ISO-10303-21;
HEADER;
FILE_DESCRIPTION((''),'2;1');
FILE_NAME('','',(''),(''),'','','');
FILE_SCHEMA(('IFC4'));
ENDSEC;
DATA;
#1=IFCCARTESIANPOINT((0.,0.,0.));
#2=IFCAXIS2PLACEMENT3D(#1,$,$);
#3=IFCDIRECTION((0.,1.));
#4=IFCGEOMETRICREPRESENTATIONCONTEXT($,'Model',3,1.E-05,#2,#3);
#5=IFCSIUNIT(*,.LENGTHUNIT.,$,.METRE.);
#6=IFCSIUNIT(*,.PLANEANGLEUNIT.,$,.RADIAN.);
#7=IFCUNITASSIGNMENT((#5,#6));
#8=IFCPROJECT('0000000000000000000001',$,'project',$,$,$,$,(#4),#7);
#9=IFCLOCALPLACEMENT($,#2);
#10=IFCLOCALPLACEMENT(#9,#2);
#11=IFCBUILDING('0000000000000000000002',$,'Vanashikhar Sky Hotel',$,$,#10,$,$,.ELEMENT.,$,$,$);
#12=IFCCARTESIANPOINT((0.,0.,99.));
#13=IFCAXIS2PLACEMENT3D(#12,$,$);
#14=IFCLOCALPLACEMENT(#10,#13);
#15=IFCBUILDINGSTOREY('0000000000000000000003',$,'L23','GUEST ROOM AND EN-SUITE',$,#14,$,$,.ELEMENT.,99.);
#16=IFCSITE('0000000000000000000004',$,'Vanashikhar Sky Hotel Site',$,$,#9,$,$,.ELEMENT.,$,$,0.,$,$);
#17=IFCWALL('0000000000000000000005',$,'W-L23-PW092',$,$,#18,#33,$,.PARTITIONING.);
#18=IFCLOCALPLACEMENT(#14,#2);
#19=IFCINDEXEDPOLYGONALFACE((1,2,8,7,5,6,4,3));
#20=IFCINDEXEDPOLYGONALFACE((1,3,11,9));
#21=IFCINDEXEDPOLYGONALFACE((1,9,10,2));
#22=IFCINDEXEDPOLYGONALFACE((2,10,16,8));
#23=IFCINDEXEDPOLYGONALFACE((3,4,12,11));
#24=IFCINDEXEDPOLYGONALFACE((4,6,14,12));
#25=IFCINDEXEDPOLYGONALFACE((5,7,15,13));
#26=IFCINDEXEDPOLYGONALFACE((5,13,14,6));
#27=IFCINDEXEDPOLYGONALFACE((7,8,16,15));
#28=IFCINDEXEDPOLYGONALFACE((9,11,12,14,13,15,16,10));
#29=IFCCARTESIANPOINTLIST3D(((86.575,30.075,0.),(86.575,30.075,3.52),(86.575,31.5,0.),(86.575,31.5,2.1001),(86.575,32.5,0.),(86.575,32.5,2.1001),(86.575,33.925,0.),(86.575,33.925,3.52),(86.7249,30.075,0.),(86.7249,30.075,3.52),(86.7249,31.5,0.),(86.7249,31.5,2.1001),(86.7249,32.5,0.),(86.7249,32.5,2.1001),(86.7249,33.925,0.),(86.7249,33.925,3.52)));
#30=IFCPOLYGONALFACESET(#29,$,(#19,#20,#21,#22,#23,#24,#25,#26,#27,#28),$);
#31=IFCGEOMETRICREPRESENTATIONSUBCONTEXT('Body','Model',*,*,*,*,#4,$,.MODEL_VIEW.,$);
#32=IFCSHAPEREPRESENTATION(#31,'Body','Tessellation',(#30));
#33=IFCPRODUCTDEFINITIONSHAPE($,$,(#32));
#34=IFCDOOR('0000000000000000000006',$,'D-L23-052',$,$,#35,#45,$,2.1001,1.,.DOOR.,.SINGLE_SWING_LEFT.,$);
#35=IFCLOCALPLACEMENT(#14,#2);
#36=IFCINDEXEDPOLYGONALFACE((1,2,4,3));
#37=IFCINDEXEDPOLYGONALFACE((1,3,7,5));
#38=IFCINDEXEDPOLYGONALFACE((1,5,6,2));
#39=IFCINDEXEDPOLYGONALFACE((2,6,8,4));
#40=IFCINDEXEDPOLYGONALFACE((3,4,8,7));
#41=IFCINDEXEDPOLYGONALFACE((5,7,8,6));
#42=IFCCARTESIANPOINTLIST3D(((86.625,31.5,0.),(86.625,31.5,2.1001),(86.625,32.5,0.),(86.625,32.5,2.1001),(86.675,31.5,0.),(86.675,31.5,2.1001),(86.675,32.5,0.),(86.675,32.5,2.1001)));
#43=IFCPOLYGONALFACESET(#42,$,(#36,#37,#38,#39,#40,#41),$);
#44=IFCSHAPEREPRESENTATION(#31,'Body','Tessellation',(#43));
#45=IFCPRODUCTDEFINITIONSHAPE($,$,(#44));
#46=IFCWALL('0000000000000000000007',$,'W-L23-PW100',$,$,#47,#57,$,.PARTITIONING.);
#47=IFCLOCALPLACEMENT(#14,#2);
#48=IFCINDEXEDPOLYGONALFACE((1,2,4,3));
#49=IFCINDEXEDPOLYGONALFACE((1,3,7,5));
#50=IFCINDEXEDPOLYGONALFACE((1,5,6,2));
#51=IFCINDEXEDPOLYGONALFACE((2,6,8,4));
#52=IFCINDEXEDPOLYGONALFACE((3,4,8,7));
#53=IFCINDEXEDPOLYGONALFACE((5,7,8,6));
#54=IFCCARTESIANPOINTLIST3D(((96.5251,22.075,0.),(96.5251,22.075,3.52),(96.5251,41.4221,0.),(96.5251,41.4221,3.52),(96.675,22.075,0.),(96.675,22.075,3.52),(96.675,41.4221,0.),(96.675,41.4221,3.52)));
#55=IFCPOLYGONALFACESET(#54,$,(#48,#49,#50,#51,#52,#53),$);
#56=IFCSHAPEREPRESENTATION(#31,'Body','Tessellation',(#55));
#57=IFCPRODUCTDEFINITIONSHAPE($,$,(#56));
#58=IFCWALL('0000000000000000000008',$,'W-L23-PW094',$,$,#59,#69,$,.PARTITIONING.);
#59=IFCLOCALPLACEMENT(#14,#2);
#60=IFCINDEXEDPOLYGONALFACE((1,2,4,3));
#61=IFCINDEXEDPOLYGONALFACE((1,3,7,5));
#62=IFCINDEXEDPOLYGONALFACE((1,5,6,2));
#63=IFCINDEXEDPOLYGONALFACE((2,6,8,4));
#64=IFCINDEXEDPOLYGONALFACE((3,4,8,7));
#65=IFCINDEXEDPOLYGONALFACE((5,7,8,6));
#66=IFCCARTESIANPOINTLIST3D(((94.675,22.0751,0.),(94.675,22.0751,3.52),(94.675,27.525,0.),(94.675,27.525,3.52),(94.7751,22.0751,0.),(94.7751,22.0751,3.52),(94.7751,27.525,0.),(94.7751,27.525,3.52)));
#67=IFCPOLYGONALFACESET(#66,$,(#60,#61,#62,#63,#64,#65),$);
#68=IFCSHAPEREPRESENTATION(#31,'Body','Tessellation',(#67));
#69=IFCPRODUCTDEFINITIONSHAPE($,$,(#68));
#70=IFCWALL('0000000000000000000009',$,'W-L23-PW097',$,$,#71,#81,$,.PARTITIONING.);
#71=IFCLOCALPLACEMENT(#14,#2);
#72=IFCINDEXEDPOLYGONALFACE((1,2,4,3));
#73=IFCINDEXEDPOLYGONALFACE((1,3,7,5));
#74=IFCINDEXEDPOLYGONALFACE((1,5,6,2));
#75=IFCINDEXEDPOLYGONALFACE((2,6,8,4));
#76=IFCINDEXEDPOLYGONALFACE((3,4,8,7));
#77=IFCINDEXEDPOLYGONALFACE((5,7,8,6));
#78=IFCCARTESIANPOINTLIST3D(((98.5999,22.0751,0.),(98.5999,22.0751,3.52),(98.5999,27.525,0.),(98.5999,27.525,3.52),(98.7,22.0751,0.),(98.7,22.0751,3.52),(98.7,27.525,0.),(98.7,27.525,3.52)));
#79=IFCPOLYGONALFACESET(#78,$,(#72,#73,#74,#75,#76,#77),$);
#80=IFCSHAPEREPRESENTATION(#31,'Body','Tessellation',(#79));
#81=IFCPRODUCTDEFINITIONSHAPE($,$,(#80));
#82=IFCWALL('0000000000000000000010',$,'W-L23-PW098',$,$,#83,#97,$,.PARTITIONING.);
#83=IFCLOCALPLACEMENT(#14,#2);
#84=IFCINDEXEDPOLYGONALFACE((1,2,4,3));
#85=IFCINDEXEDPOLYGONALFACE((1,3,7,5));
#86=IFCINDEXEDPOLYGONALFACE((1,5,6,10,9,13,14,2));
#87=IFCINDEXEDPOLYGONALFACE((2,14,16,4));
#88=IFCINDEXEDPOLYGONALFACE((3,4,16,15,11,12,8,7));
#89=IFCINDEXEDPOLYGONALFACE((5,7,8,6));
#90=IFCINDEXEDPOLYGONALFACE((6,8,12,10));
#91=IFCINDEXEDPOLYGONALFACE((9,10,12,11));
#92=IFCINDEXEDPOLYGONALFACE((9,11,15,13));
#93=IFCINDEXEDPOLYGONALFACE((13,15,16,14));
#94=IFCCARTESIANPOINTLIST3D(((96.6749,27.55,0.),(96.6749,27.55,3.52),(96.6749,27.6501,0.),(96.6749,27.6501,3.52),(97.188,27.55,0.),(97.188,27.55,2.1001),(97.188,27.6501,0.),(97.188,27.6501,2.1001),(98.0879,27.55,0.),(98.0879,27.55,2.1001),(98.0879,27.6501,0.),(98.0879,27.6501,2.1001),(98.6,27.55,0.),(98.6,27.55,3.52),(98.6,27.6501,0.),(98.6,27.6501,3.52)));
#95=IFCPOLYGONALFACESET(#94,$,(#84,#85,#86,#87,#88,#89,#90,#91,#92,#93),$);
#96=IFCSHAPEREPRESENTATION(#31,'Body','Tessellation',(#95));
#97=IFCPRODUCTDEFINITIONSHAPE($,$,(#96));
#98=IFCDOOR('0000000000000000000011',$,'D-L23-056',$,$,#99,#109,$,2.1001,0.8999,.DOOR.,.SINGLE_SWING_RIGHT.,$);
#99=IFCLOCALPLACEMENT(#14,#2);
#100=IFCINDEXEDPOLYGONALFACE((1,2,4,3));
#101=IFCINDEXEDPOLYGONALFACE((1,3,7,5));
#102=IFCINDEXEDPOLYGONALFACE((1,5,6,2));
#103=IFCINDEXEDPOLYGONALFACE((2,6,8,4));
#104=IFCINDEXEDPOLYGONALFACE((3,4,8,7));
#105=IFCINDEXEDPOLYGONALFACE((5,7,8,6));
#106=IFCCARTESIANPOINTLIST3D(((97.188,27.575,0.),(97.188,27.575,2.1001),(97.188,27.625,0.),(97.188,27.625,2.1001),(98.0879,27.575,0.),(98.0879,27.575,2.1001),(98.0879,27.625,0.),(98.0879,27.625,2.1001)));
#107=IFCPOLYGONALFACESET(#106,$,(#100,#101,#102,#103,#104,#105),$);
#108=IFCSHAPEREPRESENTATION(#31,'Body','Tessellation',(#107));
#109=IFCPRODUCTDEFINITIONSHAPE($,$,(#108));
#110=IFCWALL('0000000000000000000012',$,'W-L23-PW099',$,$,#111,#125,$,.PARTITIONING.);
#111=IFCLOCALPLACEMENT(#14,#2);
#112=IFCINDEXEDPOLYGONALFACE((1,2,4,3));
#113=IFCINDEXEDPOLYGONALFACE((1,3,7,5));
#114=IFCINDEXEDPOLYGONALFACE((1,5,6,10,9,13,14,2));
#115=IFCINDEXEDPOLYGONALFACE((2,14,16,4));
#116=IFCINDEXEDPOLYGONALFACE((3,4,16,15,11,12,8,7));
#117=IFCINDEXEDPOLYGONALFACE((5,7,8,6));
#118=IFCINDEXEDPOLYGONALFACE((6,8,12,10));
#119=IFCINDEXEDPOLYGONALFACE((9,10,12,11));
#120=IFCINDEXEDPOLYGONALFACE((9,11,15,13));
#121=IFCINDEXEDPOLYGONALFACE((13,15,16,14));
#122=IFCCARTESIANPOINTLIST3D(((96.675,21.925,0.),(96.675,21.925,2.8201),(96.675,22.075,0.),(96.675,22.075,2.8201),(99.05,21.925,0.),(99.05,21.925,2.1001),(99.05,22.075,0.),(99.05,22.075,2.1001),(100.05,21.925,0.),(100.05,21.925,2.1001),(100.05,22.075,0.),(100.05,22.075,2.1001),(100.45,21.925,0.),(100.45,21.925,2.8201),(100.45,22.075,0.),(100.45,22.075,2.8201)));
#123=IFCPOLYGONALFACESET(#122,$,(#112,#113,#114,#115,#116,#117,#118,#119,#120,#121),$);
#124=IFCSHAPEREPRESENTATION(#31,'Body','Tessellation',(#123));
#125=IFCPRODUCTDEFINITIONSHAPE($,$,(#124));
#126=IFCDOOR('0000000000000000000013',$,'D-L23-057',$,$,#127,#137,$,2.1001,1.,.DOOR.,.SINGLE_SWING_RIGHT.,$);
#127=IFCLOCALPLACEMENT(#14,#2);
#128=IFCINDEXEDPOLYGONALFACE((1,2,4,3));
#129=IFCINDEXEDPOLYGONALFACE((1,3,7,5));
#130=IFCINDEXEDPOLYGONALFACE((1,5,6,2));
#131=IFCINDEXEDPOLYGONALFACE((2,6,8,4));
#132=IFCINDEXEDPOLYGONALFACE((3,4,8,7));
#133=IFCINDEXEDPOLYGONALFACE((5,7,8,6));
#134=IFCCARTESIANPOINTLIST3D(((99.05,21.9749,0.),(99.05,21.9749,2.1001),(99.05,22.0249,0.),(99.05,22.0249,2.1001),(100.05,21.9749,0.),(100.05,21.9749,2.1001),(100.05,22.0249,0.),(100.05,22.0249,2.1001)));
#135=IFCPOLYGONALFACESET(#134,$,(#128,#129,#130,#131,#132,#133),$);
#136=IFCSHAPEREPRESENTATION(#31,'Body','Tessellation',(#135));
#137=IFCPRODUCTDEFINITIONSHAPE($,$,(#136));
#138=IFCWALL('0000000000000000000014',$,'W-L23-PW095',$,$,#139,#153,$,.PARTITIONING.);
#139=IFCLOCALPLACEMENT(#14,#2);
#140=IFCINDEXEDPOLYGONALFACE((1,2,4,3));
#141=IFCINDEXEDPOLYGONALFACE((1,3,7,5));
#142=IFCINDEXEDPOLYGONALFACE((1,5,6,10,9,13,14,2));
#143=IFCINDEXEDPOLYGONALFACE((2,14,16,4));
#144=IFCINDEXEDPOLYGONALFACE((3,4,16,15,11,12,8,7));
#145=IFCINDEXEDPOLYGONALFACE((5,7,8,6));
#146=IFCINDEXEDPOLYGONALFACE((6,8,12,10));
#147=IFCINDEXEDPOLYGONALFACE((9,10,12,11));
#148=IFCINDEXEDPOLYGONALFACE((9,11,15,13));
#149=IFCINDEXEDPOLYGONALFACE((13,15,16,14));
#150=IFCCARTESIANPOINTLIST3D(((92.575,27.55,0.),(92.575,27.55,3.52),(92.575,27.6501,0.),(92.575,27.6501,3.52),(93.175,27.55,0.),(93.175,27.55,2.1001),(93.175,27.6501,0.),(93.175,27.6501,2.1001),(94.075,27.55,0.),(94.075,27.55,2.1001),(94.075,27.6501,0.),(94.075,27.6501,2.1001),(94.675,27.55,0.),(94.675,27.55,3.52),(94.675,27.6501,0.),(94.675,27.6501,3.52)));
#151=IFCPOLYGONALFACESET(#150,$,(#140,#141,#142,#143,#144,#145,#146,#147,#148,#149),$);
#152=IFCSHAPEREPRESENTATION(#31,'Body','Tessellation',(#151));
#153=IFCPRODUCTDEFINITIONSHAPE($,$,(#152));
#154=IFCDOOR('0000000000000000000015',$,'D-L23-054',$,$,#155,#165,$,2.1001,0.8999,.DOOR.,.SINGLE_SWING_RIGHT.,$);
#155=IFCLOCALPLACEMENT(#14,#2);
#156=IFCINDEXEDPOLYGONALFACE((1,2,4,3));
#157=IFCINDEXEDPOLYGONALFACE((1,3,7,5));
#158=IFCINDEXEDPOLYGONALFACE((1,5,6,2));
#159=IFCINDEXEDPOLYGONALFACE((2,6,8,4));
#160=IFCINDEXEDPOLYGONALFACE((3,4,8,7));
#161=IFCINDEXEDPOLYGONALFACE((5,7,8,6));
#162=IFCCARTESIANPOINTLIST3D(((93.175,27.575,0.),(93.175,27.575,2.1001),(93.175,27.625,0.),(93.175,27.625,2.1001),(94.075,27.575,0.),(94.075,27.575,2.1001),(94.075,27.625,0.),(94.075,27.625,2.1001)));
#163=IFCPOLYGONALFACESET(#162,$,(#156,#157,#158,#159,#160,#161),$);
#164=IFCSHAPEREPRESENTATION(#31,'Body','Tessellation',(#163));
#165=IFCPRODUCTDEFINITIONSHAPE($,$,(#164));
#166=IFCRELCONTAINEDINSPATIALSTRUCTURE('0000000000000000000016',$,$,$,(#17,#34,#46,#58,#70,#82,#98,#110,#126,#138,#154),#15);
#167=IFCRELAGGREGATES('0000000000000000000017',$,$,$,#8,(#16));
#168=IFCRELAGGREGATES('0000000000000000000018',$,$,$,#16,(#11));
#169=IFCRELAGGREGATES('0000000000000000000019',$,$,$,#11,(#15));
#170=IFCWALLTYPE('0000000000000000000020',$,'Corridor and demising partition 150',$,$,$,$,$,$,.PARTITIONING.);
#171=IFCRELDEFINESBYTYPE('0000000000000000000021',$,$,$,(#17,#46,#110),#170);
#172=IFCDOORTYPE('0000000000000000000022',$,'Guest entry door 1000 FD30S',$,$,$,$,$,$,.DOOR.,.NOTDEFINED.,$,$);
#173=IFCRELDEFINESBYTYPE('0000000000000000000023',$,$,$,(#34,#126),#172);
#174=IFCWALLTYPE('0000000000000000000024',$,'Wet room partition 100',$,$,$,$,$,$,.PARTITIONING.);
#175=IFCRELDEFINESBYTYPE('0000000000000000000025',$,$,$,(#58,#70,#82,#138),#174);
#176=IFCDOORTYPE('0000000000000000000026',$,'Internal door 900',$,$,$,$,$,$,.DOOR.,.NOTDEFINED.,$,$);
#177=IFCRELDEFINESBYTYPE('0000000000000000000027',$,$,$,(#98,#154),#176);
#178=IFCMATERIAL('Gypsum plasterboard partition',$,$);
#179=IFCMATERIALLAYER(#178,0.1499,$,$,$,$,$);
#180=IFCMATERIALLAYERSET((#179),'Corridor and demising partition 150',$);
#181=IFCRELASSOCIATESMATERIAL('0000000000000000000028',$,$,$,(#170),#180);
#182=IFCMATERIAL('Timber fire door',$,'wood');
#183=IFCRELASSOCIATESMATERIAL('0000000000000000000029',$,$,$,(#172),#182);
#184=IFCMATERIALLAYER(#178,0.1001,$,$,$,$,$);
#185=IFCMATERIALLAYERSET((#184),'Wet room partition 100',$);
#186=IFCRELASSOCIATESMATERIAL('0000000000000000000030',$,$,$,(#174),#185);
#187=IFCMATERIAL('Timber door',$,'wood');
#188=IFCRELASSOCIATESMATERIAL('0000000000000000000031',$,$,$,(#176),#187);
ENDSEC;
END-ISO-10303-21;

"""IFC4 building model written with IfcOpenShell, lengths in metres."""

from ifc_helpers import new_model, si_unit, direction, frame, frame_2d, origin, place, context, subcontext, project, spatial, rectangle, extrude, source, transform, mapped, material, layer, layer_set, type_object, element, fill, save


model = new_model("IFC4")

# Units and contexts
model_context = context("Model", 3, precision=1e-05, world=origin(), true_north=direction((0.0, 1.0)))
body_context = subcontext(model_context, "Body", "Model", "MODEL_VIEW")
ifc_project = project(units=[si_unit("LENGTHUNIT", "METRE"), si_unit("PLANEANGLEUNIT", "RADIAN")], contexts=[model_context])

# Site, building, storey
site_placement = place(None, origin())
site = spatial("IfcSite", under=ifc_project, at=site_placement, Name="Vanashikhar Sky Hotel Site", CompositionType="ELEMENT", RefElevation=0.0)
building_placement = place(site_placement, origin())
building = spatial("IfcBuilding", under=site, at=building_placement, Name="Vanashikhar Sky Hotel", CompositionType="ELEMENT")
storey_placement = place(building_placement, frame((0.0, 0.0, 99.0)))
storey = spatial("IfcBuildingStorey", under=building, at=storey_placement, Name="L23", Description="GUEST ROOM AND EN-SUITE", CompositionType="ELEMENT", Elevation=99.0)

# Wall, opening, door
ifc_material_1 = material(Name="Gypsum plasterboard partition")
ifc_layer_1 = layer(ifc_material_1, 0.1499)
ifc_layer_set_1 = layer_set([ifc_layer_1], Name="Corridor and demising partition 150")
wall_type_1 = type_object("IfcWallType", Name="Corridor and demising partition 150", PredefinedType="PARTITIONING", material=ifc_layer_set_1)
shared_shape_1 = source(origin(), body_context, "Body", "SweptSolid", [
    extrude(rectangle(XDim=1.0, YDim=2.1001, at=frame_2d((0.5, 1.05))), frame((0.0, 0.085, 0.0), z_axis=(0.0, -1.0, 0.0), x_axis=(1.0, 0.0, 0.0)), (0.0, 0.0, 1.0), 0.1699),
])
ifc_material_2 = material(Name="Timber fire door", Category="wood")
door_type_1 = type_object("IfcDoorType", Name="Guest entry door 1000 FD30S", OperationType="NOTDEFINED", PredefinedType="DOOR", material=ifc_material_2)
shared_shape_2 = source(origin(), body_context, "Body", "SweptSolid", [
    extrude(rectangle(XDim=1.0, YDim=2.1001, at=frame_2d((0.5, 1.05))), frame((0.0, 0.0249, 0.0), z_axis=(0.0, -1.0, 0.0), x_axis=(1.0, 0.0, 0.0)), (0.0, 0.0, 1.0), 0.05),
])
shared_shape_3 = source(origin(), body_context, "Body", "SweptSolid", [
    extrude(rectangle(XDim=3.8501, YDim=0.1499, at=frame_2d((1.925, 0.0))), origin(), (0.0, 0.0, 1.0), 3.52),
])
wall_1_placement = place(storey_placement, frame((86.6499, 30.075, 0.0), z_axis=(0.0, 0.0, 1.0), x_axis=(0.0, 1.0, 0.0)))
wall_1 = element("IfcWall", 1, at=wall_1_placement, inside=storey, type_object=wall_type_1, Name="W-L23-PW092", PredefinedType="PARTITIONING", context=body_context, shape_type="MappedRepresentation", body=[
    mapped(shared_shape_3, transform((0.0, 0.0, 0.0), scale=1.0)),
])
opening_1_placement = place(wall_1_placement, frame((1.425, 0.0, 0.0)))
opening_1 = element("IfcOpeningElement", 2, at=opening_1_placement, cuts=wall_1, PredefinedType="OPENING", context=body_context, shape_type="MappedRepresentation", body=[
    mapped(shared_shape_1, transform((0.0, 0.0, 0.0), scale=1.0)),
])
door_1_placement = place(opening_1_placement, origin())
door_1 = element("IfcDoor", 3, at=door_1_placement, inside=storey, type_object=door_type_1, Name="D-L23-052", OperationType="SINGLE_SWING_LEFT", OverallHeight=2.1001, OverallWidth=1.0, PredefinedType="DOOR", context=body_context, shape_type="MappedRepresentation", body=[
    mapped(shared_shape_2, transform((0.0, 0.0, 0.0), scale=1.0)),
])
fill(opening_1, door_1)

# Walls
shared_shape_4 = source(origin(), body_context, "Body", "SweptSolid", [
    extrude(rectangle(XDim=19.3472, YDim=0.1499, at=frame_2d((9.6736, 0.0))), origin(), (0.0, 0.0, 1.0), 3.52),
])
wall_2_placement = place(storey_placement, frame((96.6001, 22.075, 0.0), z_axis=(0.0, 0.0, 1.0), x_axis=(0.0, 1.0, 0.0)))
element("IfcWall", 4, at=wall_2_placement, inside=storey, type_object=wall_type_1, Name="W-L23-PW100", PredefinedType="PARTITIONING", context=body_context, shape_type="MappedRepresentation", body=[
    mapped(shared_shape_4, transform((0.0, 0.0, 0.0), scale=1.0)),
])
ifc_layer_2 = layer(ifc_material_1, 0.1001)
ifc_layer_set_2 = layer_set([ifc_layer_2], Name="Wet room partition 100")
wall_type_2 = type_object("IfcWallType", Name="Wet room partition 100", PredefinedType="PARTITIONING", material=ifc_layer_set_2)
shared_shape_5 = source(origin(), body_context, "Body", "SweptSolid", [
    extrude(rectangle(XDim=5.45, YDim=0.1001, at=frame_2d((2.7251, 0.0))), origin(), (0.0, 0.0, 1.0), 3.52),
])
for number, where, z_axis, x_axis, name in (
    (5, (94.7251, 22.075, 0.0), (0.0, 0.0, 1.0), (0.0, 1.0, 0.0), "W-L23-PW094"),
    (6, (98.6499, 22.075, 0.0), (0.0, 0.0, 1.0), (0.0, 1.0, 0.0), "W-L23-PW097"),
):
    element("IfcWall", number, at=place(storey_placement, frame(where, z_axis=z_axis, x_axis=x_axis)), inside=storey, type_object=wall_type_2, Name=name, PredefinedType="PARTITIONING", context=body_context, shape_type="MappedRepresentation", body=[
        mapped(shared_shape_5, transform((0.0, 0.0, 0.0), scale=1.0)),
    ])

# Walls, openings, doors
shared_shape_6 = source(origin(), body_context, "Body", "SweptSolid", [
    extrude(rectangle(XDim=1.925, YDim=0.1001, at=frame_2d((0.9624, 0.0))), origin(), (0.0, 0.0, 1.0), 3.52),
])
wall_3_placement = place(storey_placement, frame((96.675, 27.6001, 0.0), z_axis=(0.0, 0.0, 1.0), x_axis=(1.0, 0.0, 0.0)))
wall_3 = element("IfcWall", 7, at=wall_3_placement, inside=storey, type_object=wall_type_2, Name="W-L23-PW098", PredefinedType="PARTITIONING", context=body_context, shape_type="MappedRepresentation", body=[
    mapped(shared_shape_6, transform((0.0, 0.0, 0.0), scale=1.0)),
])
shared_shape_7 = source(origin(), body_context, "Body", "SweptSolid", [
    extrude(rectangle(XDim=0.8999, YDim=2.1001, at=frame_2d((0.45, 1.05))), frame((0.0, 0.0601, 0.0), z_axis=(0.0, -1.0, 0.0), x_axis=(1.0, 0.0, 0.0)), (0.0, 0.0, 1.0), 0.1201),
])
opening_2_placement = place(wall_3_placement, frame((0.5129, 0.0, 0.0)))
opening_2 = element("IfcOpeningElement", 8, at=opening_2_placement, cuts=wall_3, PredefinedType="OPENING", context=body_context, shape_type="MappedRepresentation", body=[
    mapped(shared_shape_7, transform((0.0, 0.0, 0.0), scale=1.0)),
])
ifc_material_3 = material(Name="Timber door", Category="wood")
door_type_2 = type_object("IfcDoorType", Name="Internal door 900", OperationType="NOTDEFINED", PredefinedType="DOOR", material=ifc_material_3)
shared_shape_8 = source(origin(), body_context, "Body", "SweptSolid", [
    extrude(rectangle(XDim=0.8999, YDim=2.1001, at=frame_2d((0.45, 1.05))), frame((0.0, 0.0249, 0.0), z_axis=(0.0, -1.0, 0.0), x_axis=(1.0, 0.0, 0.0)), (0.0, 0.0, 1.0), 0.05),
])
door_2_placement = place(opening_2_placement, origin())
door_2 = element("IfcDoor", 9, at=door_2_placement, inside=storey, type_object=door_type_2, Name="D-L23-056", OperationType="SINGLE_SWING_RIGHT", OverallHeight=2.1001, OverallWidth=0.8999, PredefinedType="DOOR", context=body_context, shape_type="MappedRepresentation", body=[
    mapped(shared_shape_8, transform((0.0, 0.0, 0.0), scale=1.0)),
])
fill(opening_2, door_2)
shared_shape_9 = source(origin(), body_context, "Body", "SweptSolid", [
    extrude(rectangle(XDim=3.7749, YDim=0.1499, at=frame_2d((1.8875, 0.0))), origin(), (0.0, 0.0, 1.0), 2.8201),
])
wall_4_placement = place(storey_placement, frame((96.675, 22.0, 0.0), z_axis=(0.0, 0.0, 1.0), x_axis=(1.0, 0.0, 0.0)))
wall_4 = element("IfcWall", 10, at=wall_4_placement, inside=storey, type_object=wall_type_1, Name="W-L23-PW099", PredefinedType="PARTITIONING", context=body_context, shape_type="MappedRepresentation", body=[
    mapped(shared_shape_9, transform((0.0, 0.0, 0.0), scale=1.0)),
])
opening_3_placement = place(wall_4_placement, frame((2.375, 0.0, 0.0)))
opening_3 = element("IfcOpeningElement", 11, at=opening_3_placement, cuts=wall_4, PredefinedType="OPENING", context=body_context, shape_type="MappedRepresentation", body=[
    mapped(shared_shape_1, transform((0.0, 0.0, 0.0), scale=1.0)),
])
door_3_placement = place(opening_3_placement, origin())
door_3 = element("IfcDoor", 12, at=door_3_placement, inside=storey, type_object=door_type_1, Name="D-L23-057", OperationType="SINGLE_SWING_RIGHT", OverallHeight=2.1001, OverallWidth=1.0, PredefinedType="DOOR", context=body_context, shape_type="MappedRepresentation", body=[
    mapped(shared_shape_2, transform((0.0, 0.0, 0.0), scale=1.0)),
])
fill(opening_3, door_3)
shared_shape_10 = source(origin(), body_context, "Body", "SweptSolid", [
    extrude(rectangle(XDim=2.1001, YDim=0.1001, at=frame_2d((1.05, 0.0))), origin(), (0.0, 0.0, 1.0), 3.52),
])
wall_5_placement = place(storey_placement, frame((92.575, 27.6001, 0.0), z_axis=(0.0, 0.0, 1.0), x_axis=(1.0, 0.0, 0.0)))
wall_5 = element("IfcWall", 13, at=wall_5_placement, inside=storey, type_object=wall_type_2, Name="W-L23-PW095", PredefinedType="PARTITIONING", context=body_context, shape_type="MappedRepresentation", body=[
    mapped(shared_shape_10, transform((0.0, 0.0, 0.0), scale=1.0)),
])
opening_4_placement = place(wall_5_placement, frame((0.6001, 0.0, 0.0)))
opening_4 = element("IfcOpeningElement", 14, at=opening_4_placement, cuts=wall_5, PredefinedType="OPENING", context=body_context, shape_type="MappedRepresentation", body=[
    mapped(shared_shape_7, transform((0.0, 0.0, 0.0), scale=1.0)),
])
door_4_placement = place(opening_4_placement, origin())
door_4 = element("IfcDoor", 15, at=door_4_placement, inside=storey, type_object=door_type_2, Name="D-L23-054", OperationType="SINGLE_SWING_RIGHT", OverallHeight=2.1001, OverallWidth=0.8999, PredefinedType="DOOR", context=body_context, shape_type="MappedRepresentation", body=[
    mapped(shared_shape_8, transform((0.0, 0.0, 0.0), scale=1.0)),
])
fill(opening_4, door_4)

save(model, "model.ifc")
